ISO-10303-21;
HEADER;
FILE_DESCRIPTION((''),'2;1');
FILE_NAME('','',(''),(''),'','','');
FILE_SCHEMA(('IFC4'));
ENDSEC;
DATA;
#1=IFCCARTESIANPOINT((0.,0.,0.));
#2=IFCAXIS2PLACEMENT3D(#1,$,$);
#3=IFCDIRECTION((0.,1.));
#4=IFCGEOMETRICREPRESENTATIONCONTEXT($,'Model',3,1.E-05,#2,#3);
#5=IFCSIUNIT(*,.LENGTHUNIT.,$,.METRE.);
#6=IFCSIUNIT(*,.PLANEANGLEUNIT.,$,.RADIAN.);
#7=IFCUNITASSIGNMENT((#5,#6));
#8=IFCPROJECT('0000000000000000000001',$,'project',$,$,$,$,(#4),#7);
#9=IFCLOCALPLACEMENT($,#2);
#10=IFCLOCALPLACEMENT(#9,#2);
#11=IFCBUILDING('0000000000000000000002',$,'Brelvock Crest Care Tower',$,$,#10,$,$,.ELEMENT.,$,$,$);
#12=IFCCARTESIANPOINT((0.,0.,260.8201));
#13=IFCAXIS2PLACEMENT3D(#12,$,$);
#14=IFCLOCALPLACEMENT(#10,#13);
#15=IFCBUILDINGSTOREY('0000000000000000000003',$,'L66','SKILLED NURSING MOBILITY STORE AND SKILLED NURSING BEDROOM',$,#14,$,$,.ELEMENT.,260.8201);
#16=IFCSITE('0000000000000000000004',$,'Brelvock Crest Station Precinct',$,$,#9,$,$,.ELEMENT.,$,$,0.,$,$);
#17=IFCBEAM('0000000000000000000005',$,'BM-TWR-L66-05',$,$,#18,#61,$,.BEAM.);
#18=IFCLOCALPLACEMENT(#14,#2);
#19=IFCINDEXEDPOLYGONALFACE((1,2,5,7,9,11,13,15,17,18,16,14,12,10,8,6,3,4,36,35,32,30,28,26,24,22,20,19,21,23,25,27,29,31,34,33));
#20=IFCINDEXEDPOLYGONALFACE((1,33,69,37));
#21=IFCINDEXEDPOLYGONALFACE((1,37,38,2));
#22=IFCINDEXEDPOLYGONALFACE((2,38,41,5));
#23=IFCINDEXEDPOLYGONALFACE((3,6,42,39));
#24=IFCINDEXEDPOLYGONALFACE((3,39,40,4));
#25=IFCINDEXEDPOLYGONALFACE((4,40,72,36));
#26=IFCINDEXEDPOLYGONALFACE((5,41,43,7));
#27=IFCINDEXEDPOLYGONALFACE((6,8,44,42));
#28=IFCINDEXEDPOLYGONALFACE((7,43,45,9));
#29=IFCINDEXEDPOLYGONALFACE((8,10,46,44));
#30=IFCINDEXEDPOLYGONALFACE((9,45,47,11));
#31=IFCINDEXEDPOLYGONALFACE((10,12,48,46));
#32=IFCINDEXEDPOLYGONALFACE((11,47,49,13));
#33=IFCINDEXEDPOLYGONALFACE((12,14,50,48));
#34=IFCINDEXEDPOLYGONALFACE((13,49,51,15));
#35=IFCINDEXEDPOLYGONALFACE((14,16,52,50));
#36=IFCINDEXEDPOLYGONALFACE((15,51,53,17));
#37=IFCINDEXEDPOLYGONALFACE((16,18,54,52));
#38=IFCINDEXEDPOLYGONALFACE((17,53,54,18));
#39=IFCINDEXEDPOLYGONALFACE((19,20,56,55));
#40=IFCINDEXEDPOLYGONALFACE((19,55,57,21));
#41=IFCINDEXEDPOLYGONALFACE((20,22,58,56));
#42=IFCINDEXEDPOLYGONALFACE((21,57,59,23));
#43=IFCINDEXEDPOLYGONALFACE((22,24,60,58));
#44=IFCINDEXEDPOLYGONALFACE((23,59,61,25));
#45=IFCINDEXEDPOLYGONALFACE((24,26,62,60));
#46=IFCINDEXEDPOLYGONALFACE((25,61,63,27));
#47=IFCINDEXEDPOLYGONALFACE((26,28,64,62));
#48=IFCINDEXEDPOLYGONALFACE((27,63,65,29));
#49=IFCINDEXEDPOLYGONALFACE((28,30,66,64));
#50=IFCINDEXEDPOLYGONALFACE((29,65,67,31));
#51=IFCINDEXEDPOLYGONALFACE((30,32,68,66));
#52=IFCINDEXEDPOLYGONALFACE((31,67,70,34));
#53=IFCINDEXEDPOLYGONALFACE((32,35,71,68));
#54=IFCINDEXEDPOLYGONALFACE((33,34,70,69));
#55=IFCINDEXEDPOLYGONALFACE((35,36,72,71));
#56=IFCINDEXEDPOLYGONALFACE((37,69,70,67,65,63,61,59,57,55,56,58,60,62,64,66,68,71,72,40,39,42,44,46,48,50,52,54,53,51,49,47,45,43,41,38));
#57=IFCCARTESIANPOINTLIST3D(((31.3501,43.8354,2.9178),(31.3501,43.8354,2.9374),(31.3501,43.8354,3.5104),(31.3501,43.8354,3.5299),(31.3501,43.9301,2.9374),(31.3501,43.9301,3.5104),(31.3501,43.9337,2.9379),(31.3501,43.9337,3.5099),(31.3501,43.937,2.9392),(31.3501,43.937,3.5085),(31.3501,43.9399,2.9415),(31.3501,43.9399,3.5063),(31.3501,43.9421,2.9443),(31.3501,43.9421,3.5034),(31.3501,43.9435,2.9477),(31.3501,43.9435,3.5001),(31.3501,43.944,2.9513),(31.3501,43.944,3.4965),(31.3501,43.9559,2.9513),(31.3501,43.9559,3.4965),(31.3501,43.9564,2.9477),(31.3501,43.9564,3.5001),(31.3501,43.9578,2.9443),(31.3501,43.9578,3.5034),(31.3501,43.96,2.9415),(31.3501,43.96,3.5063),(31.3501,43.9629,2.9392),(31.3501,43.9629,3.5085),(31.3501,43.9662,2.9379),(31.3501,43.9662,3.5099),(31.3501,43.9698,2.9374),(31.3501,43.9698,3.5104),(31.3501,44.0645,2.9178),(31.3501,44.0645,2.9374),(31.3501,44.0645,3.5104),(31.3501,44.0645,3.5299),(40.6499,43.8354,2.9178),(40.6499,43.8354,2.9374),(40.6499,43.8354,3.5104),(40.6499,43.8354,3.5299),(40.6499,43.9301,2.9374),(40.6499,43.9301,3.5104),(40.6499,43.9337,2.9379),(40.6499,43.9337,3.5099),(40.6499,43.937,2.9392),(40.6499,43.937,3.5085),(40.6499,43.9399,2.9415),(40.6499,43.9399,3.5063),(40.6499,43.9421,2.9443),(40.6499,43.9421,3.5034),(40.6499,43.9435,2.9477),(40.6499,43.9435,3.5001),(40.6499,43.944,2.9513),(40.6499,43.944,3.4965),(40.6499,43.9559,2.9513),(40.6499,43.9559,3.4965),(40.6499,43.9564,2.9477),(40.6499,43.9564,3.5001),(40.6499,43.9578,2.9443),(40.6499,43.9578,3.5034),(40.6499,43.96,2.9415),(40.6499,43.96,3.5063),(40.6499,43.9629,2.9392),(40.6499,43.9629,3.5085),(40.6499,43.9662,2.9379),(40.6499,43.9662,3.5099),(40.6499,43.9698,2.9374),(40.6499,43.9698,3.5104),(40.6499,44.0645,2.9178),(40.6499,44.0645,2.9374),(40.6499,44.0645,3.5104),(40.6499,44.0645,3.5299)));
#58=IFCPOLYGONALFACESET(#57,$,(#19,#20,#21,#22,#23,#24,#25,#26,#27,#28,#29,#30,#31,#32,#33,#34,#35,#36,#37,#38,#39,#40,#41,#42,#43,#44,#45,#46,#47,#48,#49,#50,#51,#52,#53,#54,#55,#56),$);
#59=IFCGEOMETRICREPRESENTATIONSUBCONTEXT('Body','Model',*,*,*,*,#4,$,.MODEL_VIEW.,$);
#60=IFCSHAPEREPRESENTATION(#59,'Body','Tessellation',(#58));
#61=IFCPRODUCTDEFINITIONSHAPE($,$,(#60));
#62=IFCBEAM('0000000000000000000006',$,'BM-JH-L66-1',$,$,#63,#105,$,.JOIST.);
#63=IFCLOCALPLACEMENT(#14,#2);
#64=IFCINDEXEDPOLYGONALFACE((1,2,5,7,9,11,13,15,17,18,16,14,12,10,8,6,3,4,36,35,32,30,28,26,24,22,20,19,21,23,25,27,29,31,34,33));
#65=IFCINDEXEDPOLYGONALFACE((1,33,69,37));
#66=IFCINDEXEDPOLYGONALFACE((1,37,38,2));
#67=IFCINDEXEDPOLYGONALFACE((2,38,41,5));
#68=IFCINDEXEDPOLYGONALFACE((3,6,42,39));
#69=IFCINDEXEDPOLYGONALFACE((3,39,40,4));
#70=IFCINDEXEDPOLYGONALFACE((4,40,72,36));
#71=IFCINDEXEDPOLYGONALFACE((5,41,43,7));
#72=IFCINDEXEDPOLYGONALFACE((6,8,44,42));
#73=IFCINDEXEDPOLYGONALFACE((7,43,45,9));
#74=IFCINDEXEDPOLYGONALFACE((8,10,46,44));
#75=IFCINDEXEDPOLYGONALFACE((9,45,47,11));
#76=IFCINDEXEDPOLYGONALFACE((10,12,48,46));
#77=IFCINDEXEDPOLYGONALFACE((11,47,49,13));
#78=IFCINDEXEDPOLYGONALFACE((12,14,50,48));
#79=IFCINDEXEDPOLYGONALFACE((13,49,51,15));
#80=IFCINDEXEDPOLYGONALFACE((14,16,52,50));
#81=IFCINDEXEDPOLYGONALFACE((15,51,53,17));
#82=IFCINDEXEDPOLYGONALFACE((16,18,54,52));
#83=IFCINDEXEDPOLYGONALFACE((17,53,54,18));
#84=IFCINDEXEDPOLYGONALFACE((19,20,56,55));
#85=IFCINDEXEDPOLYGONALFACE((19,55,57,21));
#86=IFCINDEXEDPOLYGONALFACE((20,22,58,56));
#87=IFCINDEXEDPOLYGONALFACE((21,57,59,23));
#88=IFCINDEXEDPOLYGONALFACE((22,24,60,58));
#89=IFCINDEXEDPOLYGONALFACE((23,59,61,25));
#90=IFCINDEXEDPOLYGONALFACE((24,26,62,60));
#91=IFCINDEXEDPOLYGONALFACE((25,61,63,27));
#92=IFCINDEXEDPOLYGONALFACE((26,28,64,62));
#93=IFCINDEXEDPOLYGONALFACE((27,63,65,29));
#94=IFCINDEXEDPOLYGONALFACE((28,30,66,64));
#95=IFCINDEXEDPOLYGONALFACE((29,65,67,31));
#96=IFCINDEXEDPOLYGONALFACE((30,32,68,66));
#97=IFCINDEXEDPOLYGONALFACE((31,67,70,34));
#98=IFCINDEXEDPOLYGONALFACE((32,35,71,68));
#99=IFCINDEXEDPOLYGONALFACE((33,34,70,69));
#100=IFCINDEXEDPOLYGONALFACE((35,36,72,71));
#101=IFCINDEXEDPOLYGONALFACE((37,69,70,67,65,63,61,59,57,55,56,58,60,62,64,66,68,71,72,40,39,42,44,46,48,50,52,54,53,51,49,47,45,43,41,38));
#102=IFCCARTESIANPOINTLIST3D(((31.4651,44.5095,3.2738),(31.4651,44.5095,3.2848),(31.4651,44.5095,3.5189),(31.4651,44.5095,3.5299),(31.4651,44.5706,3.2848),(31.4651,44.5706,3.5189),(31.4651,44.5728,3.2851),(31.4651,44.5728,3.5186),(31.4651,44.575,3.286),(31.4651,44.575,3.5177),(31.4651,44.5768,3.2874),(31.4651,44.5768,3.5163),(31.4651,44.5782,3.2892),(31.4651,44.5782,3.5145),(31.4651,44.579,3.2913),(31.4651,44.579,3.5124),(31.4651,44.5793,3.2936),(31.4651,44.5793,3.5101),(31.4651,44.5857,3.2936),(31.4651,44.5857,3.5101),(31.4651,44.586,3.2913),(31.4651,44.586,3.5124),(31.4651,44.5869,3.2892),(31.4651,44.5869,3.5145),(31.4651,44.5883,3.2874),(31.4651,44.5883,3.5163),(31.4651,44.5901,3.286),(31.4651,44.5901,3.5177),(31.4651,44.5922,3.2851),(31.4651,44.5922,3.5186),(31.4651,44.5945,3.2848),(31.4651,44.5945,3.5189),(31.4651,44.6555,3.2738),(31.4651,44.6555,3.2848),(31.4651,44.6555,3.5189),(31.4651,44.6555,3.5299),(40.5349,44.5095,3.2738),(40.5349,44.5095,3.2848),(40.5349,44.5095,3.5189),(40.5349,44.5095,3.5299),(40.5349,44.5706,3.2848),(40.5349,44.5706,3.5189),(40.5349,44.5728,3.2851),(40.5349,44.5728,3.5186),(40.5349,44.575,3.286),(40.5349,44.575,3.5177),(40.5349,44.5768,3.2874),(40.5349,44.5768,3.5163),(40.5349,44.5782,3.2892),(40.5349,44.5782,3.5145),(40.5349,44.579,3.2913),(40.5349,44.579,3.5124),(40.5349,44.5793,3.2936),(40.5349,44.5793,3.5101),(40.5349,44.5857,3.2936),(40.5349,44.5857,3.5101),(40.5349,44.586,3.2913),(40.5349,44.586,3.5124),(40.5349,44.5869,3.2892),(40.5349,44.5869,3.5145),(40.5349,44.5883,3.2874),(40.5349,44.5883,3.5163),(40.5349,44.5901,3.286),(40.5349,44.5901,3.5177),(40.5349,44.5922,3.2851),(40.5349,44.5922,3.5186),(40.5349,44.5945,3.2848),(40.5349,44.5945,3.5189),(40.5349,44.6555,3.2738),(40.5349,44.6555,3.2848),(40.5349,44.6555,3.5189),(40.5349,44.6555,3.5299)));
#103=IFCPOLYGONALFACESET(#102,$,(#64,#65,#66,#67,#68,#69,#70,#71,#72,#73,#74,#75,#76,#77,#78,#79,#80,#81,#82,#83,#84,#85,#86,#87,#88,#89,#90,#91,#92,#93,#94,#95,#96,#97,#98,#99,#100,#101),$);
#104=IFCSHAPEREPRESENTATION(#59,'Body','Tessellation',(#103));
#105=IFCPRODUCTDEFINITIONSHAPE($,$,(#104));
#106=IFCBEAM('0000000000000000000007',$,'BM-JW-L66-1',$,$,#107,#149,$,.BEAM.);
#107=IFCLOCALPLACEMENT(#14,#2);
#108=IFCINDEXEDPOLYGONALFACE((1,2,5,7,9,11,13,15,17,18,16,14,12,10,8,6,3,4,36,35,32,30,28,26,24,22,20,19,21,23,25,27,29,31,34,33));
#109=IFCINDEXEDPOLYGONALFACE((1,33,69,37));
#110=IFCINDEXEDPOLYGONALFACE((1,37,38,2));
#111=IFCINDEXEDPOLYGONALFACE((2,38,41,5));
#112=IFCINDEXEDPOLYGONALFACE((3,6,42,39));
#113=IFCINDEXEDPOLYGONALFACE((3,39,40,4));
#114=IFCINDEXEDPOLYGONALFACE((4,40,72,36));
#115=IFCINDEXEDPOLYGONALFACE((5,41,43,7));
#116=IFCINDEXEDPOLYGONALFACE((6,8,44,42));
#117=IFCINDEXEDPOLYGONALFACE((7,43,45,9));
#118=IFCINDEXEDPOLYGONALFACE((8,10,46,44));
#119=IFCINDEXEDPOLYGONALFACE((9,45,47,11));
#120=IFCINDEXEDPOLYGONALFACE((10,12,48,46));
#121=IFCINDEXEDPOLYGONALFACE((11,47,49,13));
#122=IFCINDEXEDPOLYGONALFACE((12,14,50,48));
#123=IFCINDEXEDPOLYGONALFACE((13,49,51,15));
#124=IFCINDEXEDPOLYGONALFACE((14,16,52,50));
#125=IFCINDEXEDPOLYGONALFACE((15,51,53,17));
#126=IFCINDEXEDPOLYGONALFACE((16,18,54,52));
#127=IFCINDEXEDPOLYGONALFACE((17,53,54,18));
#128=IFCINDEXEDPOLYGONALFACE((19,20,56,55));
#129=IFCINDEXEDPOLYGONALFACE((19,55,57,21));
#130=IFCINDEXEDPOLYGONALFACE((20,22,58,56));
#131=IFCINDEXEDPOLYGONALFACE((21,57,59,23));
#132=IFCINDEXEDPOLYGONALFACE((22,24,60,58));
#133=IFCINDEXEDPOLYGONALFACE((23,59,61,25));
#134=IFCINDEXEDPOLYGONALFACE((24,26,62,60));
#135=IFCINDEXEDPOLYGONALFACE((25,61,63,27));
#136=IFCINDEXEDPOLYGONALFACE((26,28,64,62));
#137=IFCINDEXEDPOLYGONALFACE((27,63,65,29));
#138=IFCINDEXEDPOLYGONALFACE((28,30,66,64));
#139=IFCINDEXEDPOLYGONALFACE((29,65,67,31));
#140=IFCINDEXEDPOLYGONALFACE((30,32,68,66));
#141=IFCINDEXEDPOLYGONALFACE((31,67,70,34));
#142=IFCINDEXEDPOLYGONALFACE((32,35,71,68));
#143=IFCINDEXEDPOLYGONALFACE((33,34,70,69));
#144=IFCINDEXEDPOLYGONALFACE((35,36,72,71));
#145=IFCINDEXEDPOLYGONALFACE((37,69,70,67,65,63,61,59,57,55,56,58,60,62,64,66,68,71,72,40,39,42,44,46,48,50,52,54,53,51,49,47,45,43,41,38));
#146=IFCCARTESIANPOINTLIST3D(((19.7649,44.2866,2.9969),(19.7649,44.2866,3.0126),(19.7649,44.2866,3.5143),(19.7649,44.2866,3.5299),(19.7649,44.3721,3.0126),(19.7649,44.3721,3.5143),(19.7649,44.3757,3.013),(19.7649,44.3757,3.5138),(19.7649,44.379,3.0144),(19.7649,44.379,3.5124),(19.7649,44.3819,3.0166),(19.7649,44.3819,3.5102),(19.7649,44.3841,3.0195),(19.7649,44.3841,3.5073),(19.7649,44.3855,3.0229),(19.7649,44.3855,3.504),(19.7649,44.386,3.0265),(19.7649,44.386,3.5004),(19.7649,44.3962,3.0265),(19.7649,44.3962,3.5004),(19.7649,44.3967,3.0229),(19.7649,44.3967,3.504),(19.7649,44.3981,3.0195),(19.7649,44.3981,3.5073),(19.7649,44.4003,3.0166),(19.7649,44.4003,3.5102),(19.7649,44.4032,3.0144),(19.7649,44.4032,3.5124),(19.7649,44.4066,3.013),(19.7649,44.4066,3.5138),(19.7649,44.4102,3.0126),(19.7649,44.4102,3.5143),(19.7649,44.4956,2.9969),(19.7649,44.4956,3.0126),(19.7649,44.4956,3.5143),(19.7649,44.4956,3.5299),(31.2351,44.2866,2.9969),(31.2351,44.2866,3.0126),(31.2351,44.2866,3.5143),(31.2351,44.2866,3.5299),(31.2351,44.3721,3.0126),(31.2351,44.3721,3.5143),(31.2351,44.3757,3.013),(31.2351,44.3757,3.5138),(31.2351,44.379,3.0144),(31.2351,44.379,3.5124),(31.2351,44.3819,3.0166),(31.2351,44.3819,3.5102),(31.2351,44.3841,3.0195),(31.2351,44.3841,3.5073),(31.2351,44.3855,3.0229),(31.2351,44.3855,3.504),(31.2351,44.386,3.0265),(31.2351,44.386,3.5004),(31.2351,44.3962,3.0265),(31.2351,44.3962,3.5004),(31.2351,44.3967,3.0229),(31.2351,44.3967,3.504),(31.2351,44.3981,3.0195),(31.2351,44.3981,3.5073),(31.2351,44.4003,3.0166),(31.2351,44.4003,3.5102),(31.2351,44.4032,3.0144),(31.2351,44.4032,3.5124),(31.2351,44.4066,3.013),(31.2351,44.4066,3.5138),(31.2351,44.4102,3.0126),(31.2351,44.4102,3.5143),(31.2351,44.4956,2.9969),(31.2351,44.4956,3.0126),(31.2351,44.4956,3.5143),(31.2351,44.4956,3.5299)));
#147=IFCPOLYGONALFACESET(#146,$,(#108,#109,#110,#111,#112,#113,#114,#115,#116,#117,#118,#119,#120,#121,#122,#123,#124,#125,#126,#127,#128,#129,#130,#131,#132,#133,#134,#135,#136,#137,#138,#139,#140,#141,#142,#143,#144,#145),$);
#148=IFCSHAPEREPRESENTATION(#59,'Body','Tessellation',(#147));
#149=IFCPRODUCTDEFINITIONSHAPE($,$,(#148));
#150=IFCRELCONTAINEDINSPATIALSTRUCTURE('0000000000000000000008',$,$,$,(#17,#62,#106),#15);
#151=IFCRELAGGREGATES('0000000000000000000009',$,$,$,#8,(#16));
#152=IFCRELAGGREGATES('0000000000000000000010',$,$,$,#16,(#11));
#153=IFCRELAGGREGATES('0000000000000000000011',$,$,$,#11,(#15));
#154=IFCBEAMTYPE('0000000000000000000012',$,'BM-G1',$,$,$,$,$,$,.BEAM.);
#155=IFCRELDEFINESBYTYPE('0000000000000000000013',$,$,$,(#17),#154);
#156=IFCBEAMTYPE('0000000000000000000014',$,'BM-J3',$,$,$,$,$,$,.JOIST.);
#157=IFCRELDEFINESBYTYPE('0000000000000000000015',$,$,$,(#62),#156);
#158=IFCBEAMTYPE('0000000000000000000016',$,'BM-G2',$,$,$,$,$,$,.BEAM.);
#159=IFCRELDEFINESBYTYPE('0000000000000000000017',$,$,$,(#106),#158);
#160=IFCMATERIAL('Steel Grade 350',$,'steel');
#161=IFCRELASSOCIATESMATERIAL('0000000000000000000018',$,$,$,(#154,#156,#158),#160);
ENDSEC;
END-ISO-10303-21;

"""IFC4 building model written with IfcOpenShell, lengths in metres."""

from ifc_helpers import new_model, si_unit, direction, frame, origin, origin_2d, place, context, subcontext, project, spatial, i_section, extrude, source, transform, mapped, material, material_profile, profile_set, type_object, element, save


model = new_model("IFC4")

# Units and contexts
model_context = context("Model", 3, precision=1e-05, world=origin(), true_north=direction((0.0, 1.0)))
body_context = subcontext(model_context, "Body", "Model", "MODEL_VIEW")
ifc_project = project(units=[si_unit("LENGTHUNIT", "METRE"), si_unit("PLANEANGLEUNIT", "RADIAN")], contexts=[model_context])

# Site, building, storey
site_placement = place(None, origin())
site = spatial("IfcSite", under=ifc_project, at=site_placement, Name="Brelvock Crest Station Precinct", CompositionType="ELEMENT", RefElevation=0.0)
building_placement = place(site_placement, origin())
building = spatial("IfcBuilding", under=site, at=building_placement, Name="Brelvock Crest Care Tower", CompositionType="ELEMENT")
storey_placement = place(building_placement, frame((0.0, 0.0, 260.8201)))
storey = spatial("IfcBuildingStorey", under=building, at=storey_placement, Name="L66", Description="SKILLED NURSING MOBILITY STORE AND SKILLED NURSING BEDROOM", CompositionType="ELEMENT", Elevation=260.8201)

# Shared definitions
ifc_material_1 = material(Name="Steel Grade 350", Category="steel")

# Beams
ifc_material_profile_1 = material_profile(ifc_material_1, i_section(OverallWidth=0.229, OverallDepth=0.6121, WebThickness=0.012, FlangeThickness=0.0195, FilletRadius=0.0139, at=origin_2d()), Name="610UB125")
ifc_profile_set_1 = profile_set([ifc_material_profile_1], Name="Steel Grade 350")
beam_type_1 = type_object("IfcBeamType", Name="BM-G1", PredefinedType="BEAM", material=ifc_profile_set_1)
shared_shape_1 = source(origin(), body_context, "Body", "SweptSolid", [
    extrude(i_section(OverallWidth=0.229, OverallDepth=0.6121, WebThickness=0.012, FlangeThickness=0.0195, FilletRadius=0.0139, at=origin_2d()), origin(), (0.0, 0.0, 1.0), 9.2998),
])
beam_1_placement = place(storey_placement, frame((31.3501, 43.95, 3.2239), z_axis=(1.0, 0.0, 0.0), x_axis=(0.0, 1.0, 0.0)))
element("IfcBeam", 1, at=beam_1_placement, inside=storey, type_object=beam_type_1, Name="BM-TWR-L66-05", PredefinedType="BEAM", context=body_context, shape_type="MappedRepresentation", body=[
    mapped(shared_shape_1, transform((0.0, 0.0, 0.0), x_axis=(1.0, 0.0, 0.0), y_axis=(0.0, 1.0, 0.0), z_axis=(0.0, 0.0, 1.0), scale=1.0)),
])
ifc_material_profile_2 = material_profile(ifc_material_1, i_section(OverallWidth=0.146, OverallDepth=0.2561, WebThickness=0.0063, FlangeThickness=0.011, FilletRadius=0.0088, at=origin_2d()), Name="250UB37.3")
ifc_profile_set_2 = profile_set([ifc_material_profile_2], Name="Steel Grade 350")
beam_type_2 = type_object("IfcBeamType", Name="BM-J3", PredefinedType="JOIST", material=ifc_profile_set_2)
shared_shape_2 = source(origin(), body_context, "Body", "SweptSolid", [
    extrude(i_section(OverallWidth=0.146, OverallDepth=0.2561, WebThickness=0.0063, FlangeThickness=0.011, FilletRadius=0.0088, at=origin_2d()), origin(), (0.0, 0.0, 1.0), 9.0698),
])
beam_2_placement = place(storey_placement, frame((31.4651, 44.5825, 3.4019), z_axis=(1.0, 0.0, 0.0), x_axis=(0.0, 1.0, 0.0)))
element("IfcBeam", 2, at=beam_2_placement, inside=storey, type_object=beam_type_2, Name="BM-JH-L66-1", PredefinedType="JOIST", context=body_context, shape_type="MappedRepresentation", body=[
    mapped(shared_shape_2, transform((0.0, 0.0, 0.0), x_axis=(1.0, 0.0, 0.0), y_axis=(0.0, 1.0, 0.0), z_axis=(0.0, 0.0, 1.0), scale=1.0)),
])
ifc_material_profile_3 = material_profile(ifc_material_1, i_section(OverallWidth=0.209, OverallDepth=0.533, WebThickness=0.0103, FlangeThickness=0.0156, FilletRadius=0.0139, at=origin_2d()), Name="530UB92.4")
ifc_profile_set_3 = profile_set([ifc_material_profile_3], Name="Steel Grade 350")
beam_type_3 = type_object("IfcBeamType", Name="BM-G2", PredefinedType="BEAM", material=ifc_profile_set_3)
shared_shape_3 = source(origin(), body_context, "Body", "SweptSolid", [
    extrude(i_section(OverallWidth=0.209, OverallDepth=0.533, WebThickness=0.0103, FlangeThickness=0.0156, FilletRadius=0.0139, at=origin_2d()), origin(), (0.0, 0.0, 1.0), 11.4702),
])
beam_3_placement = place(storey_placement, frame((19.7649, 44.3911, 3.2634), z_axis=(1.0, 0.0, 0.0), x_axis=(0.0, 1.0, 0.0)))
element("IfcBeam", 3, at=beam_3_placement, inside=storey, type_object=beam_type_3, Name="BM-JW-L66-1", PredefinedType="BEAM", context=body_context, shape_type="MappedRepresentation", body=[
    mapped(shared_shape_3, transform((0.0, 0.0, 0.0), x_axis=(1.0, 0.0, 0.0), y_axis=(0.0, 1.0, 0.0), z_axis=(0.0, 0.0, 1.0), scale=1.0)),
])

save(model, "model.ifc")
